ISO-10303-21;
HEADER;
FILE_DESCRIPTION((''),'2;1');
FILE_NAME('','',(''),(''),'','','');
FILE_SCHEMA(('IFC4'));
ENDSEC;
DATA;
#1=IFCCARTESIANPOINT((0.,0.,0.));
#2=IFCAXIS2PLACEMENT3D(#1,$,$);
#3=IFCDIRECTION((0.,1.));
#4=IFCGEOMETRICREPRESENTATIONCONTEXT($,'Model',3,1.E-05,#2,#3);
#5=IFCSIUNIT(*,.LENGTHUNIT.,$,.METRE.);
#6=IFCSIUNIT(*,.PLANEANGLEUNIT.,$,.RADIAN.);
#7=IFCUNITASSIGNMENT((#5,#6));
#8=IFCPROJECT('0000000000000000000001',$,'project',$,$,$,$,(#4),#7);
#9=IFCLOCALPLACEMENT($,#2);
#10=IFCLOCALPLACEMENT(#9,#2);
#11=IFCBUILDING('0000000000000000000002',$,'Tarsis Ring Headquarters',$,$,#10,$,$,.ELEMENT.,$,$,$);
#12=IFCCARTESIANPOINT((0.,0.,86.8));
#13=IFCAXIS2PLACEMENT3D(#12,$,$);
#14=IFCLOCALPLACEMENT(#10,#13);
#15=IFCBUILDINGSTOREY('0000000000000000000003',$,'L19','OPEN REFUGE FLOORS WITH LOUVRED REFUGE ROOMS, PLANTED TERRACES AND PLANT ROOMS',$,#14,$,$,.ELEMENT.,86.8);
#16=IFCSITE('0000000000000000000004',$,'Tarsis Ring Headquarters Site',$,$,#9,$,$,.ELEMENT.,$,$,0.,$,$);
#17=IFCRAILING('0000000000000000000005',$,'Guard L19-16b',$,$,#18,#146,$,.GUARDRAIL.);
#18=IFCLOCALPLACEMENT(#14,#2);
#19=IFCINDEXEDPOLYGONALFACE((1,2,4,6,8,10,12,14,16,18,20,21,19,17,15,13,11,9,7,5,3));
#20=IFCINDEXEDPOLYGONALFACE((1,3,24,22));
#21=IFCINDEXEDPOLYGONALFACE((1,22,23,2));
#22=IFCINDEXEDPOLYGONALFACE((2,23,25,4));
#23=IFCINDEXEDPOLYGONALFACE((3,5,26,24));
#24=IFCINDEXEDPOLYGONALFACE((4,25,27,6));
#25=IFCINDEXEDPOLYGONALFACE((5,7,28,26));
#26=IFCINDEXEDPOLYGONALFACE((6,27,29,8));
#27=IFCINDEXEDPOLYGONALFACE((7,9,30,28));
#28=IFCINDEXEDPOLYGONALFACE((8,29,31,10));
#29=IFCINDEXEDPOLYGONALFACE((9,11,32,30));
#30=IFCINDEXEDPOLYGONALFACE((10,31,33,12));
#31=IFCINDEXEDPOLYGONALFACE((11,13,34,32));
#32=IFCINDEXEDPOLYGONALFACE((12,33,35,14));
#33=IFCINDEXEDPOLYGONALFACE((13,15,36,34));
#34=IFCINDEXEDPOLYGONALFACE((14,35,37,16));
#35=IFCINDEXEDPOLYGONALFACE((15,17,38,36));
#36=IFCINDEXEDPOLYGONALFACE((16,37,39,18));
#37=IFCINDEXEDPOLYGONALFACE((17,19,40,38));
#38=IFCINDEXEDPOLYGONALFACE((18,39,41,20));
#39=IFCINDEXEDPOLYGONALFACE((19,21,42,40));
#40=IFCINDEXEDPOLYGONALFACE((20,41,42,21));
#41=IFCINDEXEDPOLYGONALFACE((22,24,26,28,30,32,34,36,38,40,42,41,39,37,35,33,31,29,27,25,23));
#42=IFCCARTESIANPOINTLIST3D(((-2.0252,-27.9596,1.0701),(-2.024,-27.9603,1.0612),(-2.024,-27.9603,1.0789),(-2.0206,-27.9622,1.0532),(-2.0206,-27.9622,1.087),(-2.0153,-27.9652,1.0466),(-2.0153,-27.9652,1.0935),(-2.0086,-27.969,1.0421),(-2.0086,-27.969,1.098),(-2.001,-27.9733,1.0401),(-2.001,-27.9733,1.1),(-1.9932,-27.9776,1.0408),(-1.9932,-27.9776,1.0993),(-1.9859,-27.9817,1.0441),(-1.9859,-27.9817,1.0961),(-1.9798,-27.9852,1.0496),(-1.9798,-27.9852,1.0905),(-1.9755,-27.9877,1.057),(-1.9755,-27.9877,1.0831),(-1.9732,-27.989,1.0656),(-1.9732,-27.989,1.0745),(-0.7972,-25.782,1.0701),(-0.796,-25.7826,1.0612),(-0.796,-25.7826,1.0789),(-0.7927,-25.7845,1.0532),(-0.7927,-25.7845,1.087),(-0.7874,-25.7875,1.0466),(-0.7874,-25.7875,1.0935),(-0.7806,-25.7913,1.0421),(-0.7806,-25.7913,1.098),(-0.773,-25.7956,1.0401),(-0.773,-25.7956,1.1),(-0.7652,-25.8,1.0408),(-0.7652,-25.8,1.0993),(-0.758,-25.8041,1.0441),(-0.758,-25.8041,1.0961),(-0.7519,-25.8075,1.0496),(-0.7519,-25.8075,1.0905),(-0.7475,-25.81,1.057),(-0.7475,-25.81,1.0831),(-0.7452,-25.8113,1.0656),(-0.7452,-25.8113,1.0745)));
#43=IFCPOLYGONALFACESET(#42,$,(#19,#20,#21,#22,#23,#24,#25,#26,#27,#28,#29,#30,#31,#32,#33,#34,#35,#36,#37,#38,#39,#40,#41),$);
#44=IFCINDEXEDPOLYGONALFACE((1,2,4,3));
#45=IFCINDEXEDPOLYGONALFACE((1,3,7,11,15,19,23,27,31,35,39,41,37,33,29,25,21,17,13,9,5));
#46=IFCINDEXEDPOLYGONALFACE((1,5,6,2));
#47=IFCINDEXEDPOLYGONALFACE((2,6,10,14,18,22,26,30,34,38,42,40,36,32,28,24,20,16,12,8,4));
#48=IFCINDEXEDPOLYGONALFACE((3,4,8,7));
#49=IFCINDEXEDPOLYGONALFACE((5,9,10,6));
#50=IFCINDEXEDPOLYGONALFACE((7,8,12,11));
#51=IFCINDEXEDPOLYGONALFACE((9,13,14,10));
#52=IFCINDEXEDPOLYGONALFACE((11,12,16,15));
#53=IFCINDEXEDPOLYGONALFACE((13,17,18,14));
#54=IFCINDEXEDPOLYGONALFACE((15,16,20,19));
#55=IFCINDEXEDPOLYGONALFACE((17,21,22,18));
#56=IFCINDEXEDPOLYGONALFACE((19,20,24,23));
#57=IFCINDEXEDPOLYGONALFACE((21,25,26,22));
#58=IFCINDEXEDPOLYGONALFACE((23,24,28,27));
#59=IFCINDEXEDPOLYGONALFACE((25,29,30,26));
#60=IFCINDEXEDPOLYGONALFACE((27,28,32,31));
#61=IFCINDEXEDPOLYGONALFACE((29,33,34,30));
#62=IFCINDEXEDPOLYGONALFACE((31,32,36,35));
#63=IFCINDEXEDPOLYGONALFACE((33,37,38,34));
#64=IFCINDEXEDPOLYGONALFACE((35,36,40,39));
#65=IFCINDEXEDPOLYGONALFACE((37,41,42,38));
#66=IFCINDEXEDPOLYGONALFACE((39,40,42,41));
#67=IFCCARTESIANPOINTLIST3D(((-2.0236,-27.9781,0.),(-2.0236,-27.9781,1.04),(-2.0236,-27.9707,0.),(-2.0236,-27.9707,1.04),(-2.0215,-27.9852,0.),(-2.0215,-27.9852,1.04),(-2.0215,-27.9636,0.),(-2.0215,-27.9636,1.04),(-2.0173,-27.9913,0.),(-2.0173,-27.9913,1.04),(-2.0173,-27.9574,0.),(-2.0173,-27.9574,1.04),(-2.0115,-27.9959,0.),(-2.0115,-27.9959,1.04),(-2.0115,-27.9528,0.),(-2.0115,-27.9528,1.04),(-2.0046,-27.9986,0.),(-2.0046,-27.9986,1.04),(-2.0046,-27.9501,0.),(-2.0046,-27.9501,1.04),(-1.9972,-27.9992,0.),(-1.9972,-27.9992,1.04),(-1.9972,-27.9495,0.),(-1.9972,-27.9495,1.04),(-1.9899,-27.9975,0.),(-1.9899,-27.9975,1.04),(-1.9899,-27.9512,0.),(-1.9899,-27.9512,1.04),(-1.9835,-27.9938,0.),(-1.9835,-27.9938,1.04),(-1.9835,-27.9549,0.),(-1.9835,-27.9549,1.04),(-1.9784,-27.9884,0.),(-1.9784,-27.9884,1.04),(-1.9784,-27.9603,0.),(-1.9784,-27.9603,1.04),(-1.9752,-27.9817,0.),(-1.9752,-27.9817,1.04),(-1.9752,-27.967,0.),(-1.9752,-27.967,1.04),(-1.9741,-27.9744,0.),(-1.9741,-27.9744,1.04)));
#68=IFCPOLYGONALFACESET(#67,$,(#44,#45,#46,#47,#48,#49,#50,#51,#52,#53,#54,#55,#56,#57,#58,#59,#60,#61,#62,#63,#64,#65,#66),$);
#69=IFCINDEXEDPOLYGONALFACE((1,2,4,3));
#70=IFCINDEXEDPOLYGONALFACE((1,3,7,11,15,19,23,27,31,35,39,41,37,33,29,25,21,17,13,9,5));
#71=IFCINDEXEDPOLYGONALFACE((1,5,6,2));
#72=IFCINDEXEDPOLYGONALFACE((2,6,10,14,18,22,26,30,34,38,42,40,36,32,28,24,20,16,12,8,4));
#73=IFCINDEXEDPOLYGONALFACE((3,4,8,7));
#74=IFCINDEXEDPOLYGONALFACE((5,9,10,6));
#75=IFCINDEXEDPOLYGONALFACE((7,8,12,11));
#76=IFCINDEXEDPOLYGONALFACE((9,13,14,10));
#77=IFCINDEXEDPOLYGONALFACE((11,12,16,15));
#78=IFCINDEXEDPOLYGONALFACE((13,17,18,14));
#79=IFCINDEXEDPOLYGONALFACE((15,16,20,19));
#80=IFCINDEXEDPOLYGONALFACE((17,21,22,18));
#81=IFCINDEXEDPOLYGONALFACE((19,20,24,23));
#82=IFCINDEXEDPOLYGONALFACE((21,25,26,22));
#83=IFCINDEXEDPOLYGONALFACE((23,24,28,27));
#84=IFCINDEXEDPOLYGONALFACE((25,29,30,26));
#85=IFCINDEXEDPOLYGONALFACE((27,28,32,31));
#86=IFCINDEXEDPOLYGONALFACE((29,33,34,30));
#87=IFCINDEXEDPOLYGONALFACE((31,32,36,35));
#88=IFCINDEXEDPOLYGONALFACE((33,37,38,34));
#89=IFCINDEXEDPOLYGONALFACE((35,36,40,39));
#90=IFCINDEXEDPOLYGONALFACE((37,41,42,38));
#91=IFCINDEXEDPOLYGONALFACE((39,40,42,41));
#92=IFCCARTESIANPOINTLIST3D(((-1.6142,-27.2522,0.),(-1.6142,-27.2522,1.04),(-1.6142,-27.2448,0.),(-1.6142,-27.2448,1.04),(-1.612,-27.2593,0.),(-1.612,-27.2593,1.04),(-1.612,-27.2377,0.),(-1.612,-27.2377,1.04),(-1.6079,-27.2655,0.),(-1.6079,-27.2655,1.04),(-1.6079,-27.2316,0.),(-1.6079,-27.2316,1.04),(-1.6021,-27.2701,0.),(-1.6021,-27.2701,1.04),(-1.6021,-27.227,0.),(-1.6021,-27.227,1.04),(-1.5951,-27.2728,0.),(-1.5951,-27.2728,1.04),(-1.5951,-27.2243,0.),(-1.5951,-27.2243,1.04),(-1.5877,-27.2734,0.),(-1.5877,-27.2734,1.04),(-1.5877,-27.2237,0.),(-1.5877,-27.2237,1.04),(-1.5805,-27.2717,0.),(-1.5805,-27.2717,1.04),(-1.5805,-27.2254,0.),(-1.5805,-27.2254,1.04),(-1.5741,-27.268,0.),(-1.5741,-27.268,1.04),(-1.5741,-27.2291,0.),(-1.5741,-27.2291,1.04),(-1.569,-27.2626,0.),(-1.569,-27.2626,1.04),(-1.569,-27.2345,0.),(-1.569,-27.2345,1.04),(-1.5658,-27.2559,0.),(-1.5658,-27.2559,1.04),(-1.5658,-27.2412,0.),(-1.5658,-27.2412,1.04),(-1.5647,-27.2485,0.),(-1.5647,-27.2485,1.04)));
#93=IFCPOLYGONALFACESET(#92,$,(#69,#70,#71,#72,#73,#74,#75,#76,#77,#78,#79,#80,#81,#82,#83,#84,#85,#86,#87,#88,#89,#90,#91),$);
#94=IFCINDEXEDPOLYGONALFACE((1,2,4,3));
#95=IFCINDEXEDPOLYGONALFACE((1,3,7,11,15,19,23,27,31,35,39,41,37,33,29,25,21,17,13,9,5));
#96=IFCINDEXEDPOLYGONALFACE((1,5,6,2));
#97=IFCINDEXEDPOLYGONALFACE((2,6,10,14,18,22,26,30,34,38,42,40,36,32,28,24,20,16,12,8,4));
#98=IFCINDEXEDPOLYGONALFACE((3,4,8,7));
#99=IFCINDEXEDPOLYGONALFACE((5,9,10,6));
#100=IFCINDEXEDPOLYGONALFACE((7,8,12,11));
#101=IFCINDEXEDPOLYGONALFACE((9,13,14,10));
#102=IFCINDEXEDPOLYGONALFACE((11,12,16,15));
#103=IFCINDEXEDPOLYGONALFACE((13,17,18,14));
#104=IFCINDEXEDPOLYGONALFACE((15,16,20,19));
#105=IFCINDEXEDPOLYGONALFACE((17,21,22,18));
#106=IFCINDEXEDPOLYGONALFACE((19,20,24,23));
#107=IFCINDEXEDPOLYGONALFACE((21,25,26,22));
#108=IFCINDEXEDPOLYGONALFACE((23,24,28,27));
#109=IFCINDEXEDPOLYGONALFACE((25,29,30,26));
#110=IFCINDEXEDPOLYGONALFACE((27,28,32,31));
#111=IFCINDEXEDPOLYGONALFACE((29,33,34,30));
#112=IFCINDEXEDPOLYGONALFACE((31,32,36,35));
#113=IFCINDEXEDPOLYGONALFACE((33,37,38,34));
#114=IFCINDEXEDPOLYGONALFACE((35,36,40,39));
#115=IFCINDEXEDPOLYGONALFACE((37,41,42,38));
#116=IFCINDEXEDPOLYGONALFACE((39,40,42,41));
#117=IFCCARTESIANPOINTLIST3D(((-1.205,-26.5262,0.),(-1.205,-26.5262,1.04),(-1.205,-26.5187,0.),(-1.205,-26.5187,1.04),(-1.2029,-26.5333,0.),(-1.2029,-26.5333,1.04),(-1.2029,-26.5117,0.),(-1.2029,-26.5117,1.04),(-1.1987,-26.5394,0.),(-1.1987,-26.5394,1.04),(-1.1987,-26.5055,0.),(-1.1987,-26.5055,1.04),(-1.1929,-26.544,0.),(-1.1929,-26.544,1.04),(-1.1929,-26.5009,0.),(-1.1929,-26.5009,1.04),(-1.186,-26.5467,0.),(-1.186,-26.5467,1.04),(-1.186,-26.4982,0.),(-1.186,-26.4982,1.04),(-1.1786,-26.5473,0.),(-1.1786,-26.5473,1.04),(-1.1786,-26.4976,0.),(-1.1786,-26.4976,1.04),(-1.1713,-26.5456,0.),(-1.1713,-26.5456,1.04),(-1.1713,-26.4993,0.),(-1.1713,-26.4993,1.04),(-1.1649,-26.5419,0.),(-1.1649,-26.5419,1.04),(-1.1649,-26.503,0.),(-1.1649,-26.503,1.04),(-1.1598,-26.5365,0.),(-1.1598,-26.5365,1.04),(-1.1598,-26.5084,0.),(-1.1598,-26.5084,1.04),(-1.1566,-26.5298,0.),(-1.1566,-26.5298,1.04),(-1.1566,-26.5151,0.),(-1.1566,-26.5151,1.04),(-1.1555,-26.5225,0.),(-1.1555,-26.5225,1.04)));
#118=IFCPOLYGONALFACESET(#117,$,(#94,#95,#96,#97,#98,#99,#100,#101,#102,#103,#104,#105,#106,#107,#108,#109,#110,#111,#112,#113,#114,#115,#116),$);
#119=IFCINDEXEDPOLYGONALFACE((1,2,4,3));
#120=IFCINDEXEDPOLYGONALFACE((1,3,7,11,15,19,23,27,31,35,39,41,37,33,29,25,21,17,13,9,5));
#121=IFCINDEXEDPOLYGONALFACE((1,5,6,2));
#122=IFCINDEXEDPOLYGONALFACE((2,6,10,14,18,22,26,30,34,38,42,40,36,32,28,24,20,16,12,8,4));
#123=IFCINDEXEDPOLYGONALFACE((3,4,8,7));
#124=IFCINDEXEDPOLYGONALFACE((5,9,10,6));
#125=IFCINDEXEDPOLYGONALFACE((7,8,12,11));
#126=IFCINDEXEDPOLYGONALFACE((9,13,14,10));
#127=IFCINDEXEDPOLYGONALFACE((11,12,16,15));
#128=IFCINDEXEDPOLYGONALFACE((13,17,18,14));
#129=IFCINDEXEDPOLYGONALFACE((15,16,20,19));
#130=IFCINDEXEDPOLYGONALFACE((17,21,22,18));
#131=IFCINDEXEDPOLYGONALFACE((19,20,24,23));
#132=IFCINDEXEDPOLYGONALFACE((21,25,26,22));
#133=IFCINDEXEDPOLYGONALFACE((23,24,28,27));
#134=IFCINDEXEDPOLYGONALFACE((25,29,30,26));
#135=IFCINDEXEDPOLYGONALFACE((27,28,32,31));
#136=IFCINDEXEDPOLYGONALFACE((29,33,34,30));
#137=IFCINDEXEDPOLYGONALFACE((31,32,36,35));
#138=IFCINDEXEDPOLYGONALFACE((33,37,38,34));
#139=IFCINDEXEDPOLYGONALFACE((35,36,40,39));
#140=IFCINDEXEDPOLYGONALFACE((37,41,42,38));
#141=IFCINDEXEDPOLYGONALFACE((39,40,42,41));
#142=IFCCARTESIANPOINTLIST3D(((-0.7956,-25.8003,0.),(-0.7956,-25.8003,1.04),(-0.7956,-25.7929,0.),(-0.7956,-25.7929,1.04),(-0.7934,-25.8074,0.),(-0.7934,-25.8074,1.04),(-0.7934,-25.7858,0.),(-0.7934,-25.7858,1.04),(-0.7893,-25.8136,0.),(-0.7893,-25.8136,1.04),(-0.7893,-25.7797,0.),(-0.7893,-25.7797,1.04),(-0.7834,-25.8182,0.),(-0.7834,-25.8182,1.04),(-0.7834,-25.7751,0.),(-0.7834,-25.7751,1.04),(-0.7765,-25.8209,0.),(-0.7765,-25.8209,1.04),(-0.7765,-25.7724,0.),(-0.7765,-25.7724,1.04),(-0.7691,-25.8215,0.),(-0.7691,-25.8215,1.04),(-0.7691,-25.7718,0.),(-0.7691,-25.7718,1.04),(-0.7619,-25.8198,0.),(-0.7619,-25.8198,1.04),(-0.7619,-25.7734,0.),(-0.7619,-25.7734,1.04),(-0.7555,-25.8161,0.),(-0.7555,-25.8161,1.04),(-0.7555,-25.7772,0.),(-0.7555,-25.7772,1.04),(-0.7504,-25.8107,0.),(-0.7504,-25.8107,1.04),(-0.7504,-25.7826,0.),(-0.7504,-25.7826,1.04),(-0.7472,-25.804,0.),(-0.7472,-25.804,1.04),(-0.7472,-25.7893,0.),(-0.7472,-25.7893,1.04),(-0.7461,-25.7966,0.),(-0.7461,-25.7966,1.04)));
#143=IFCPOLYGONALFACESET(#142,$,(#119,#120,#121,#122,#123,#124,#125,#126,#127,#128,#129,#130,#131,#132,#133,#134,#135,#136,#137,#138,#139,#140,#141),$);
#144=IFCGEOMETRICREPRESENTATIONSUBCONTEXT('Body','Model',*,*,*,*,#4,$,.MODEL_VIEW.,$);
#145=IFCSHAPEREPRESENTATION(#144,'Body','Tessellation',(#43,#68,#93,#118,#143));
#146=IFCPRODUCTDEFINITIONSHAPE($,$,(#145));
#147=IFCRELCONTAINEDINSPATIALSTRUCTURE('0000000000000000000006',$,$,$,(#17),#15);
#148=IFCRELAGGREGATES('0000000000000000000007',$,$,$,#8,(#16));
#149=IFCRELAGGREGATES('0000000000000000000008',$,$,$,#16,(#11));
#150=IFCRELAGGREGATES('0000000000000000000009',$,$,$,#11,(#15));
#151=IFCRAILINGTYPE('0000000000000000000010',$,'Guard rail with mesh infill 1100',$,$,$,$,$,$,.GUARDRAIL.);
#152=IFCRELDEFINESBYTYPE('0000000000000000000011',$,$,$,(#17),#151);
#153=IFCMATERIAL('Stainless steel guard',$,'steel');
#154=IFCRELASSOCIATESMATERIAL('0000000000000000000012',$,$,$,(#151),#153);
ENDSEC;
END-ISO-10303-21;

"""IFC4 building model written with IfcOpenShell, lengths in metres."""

from ifc_helpers import new_model, si_unit, direction, frame, origin, origin_2d, place, context, subcontext, project, spatial, circle, extrude, material, type_object, element, save


model = new_model("IFC4")

# Units and contexts
model_context = context("Model", 3, precision=1e-05, world=origin(), true_north=direction((0.0, 1.0)))
body_context = subcontext(model_context, "Body", "Model", "MODEL_VIEW")
ifc_project = project(units=[si_unit("LENGTHUNIT", "METRE"), si_unit("PLANEANGLEUNIT", "RADIAN")], contexts=[model_context])

# Site, building, storey
site_placement = place(None, origin())
site = spatial("IfcSite", under=ifc_project, at=site_placement, Name="Tarsis Ring Headquarters Site", CompositionType="ELEMENT", RefElevation=0.0)
building_placement = place(site_placement, origin())
building = spatial("IfcBuilding", under=site, at=building_placement, Name="Tarsis Ring Headquarters", CompositionType="ELEMENT")
storey_placement = place(building_placement, frame((0.0, 0.0, 86.8)))
storey = spatial("IfcBuildingStorey", under=building, at=storey_placement, Name="L19", Description="OPEN REFUGE FLOORS WITH LOUVRED REFUGE ROOMS, PLANTED TERRACES AND PLANT ROOMS", CompositionType="ELEMENT", Elevation=86.8)

# Railing
ifc_material_1 = material(Name="Stainless steel guard", Category="steel")
railing_type = type_object("IfcRailingType", Name="Guard rail with mesh infill 1100", PredefinedType="GUARDRAIL", material=ifc_material_1)
railing_1_placement = place(storey_placement, frame((-1.999, -27.9744, 0.0)))
element("IfcRailing", 1, at=railing_1_placement, inside=storey, type_object=railing_type, Name="Guard L19-16b", PredefinedType="GUARDRAIL", context=body_context, shape_type="SweptSolid", body=[
    extrude(circle(Radius=0.03, at=origin_2d()), frame((0.0, 0.0, 1.0701), z_axis=(0.491188, 0.871053, 0.0), x_axis=(-0.871053, 0.491188, 0.0)), (0.0, 0.0, 1.0), 2.5),
    extrude(circle(Radius=0.0249, at=origin_2d()), origin(), (0.0, 0.0, 1.0), 1.04),
    extrude(circle(Radius=0.0249, at=origin_2d()), frame((0.4094, 0.7258, 0.0)), (0.0, 0.0, 1.0), 1.04),
    extrude(circle(Radius=0.0249, at=origin_2d()), frame((0.8186, 1.4519, 0.0)), (0.0, 0.0, 1.0), 1.04),
    extrude(circle(Radius=0.0249, at=origin_2d()), frame((1.228, 2.1777, 0.0)), (0.0, 0.0, 1.0), 1.04),
])

save(model, "model.ifc")
